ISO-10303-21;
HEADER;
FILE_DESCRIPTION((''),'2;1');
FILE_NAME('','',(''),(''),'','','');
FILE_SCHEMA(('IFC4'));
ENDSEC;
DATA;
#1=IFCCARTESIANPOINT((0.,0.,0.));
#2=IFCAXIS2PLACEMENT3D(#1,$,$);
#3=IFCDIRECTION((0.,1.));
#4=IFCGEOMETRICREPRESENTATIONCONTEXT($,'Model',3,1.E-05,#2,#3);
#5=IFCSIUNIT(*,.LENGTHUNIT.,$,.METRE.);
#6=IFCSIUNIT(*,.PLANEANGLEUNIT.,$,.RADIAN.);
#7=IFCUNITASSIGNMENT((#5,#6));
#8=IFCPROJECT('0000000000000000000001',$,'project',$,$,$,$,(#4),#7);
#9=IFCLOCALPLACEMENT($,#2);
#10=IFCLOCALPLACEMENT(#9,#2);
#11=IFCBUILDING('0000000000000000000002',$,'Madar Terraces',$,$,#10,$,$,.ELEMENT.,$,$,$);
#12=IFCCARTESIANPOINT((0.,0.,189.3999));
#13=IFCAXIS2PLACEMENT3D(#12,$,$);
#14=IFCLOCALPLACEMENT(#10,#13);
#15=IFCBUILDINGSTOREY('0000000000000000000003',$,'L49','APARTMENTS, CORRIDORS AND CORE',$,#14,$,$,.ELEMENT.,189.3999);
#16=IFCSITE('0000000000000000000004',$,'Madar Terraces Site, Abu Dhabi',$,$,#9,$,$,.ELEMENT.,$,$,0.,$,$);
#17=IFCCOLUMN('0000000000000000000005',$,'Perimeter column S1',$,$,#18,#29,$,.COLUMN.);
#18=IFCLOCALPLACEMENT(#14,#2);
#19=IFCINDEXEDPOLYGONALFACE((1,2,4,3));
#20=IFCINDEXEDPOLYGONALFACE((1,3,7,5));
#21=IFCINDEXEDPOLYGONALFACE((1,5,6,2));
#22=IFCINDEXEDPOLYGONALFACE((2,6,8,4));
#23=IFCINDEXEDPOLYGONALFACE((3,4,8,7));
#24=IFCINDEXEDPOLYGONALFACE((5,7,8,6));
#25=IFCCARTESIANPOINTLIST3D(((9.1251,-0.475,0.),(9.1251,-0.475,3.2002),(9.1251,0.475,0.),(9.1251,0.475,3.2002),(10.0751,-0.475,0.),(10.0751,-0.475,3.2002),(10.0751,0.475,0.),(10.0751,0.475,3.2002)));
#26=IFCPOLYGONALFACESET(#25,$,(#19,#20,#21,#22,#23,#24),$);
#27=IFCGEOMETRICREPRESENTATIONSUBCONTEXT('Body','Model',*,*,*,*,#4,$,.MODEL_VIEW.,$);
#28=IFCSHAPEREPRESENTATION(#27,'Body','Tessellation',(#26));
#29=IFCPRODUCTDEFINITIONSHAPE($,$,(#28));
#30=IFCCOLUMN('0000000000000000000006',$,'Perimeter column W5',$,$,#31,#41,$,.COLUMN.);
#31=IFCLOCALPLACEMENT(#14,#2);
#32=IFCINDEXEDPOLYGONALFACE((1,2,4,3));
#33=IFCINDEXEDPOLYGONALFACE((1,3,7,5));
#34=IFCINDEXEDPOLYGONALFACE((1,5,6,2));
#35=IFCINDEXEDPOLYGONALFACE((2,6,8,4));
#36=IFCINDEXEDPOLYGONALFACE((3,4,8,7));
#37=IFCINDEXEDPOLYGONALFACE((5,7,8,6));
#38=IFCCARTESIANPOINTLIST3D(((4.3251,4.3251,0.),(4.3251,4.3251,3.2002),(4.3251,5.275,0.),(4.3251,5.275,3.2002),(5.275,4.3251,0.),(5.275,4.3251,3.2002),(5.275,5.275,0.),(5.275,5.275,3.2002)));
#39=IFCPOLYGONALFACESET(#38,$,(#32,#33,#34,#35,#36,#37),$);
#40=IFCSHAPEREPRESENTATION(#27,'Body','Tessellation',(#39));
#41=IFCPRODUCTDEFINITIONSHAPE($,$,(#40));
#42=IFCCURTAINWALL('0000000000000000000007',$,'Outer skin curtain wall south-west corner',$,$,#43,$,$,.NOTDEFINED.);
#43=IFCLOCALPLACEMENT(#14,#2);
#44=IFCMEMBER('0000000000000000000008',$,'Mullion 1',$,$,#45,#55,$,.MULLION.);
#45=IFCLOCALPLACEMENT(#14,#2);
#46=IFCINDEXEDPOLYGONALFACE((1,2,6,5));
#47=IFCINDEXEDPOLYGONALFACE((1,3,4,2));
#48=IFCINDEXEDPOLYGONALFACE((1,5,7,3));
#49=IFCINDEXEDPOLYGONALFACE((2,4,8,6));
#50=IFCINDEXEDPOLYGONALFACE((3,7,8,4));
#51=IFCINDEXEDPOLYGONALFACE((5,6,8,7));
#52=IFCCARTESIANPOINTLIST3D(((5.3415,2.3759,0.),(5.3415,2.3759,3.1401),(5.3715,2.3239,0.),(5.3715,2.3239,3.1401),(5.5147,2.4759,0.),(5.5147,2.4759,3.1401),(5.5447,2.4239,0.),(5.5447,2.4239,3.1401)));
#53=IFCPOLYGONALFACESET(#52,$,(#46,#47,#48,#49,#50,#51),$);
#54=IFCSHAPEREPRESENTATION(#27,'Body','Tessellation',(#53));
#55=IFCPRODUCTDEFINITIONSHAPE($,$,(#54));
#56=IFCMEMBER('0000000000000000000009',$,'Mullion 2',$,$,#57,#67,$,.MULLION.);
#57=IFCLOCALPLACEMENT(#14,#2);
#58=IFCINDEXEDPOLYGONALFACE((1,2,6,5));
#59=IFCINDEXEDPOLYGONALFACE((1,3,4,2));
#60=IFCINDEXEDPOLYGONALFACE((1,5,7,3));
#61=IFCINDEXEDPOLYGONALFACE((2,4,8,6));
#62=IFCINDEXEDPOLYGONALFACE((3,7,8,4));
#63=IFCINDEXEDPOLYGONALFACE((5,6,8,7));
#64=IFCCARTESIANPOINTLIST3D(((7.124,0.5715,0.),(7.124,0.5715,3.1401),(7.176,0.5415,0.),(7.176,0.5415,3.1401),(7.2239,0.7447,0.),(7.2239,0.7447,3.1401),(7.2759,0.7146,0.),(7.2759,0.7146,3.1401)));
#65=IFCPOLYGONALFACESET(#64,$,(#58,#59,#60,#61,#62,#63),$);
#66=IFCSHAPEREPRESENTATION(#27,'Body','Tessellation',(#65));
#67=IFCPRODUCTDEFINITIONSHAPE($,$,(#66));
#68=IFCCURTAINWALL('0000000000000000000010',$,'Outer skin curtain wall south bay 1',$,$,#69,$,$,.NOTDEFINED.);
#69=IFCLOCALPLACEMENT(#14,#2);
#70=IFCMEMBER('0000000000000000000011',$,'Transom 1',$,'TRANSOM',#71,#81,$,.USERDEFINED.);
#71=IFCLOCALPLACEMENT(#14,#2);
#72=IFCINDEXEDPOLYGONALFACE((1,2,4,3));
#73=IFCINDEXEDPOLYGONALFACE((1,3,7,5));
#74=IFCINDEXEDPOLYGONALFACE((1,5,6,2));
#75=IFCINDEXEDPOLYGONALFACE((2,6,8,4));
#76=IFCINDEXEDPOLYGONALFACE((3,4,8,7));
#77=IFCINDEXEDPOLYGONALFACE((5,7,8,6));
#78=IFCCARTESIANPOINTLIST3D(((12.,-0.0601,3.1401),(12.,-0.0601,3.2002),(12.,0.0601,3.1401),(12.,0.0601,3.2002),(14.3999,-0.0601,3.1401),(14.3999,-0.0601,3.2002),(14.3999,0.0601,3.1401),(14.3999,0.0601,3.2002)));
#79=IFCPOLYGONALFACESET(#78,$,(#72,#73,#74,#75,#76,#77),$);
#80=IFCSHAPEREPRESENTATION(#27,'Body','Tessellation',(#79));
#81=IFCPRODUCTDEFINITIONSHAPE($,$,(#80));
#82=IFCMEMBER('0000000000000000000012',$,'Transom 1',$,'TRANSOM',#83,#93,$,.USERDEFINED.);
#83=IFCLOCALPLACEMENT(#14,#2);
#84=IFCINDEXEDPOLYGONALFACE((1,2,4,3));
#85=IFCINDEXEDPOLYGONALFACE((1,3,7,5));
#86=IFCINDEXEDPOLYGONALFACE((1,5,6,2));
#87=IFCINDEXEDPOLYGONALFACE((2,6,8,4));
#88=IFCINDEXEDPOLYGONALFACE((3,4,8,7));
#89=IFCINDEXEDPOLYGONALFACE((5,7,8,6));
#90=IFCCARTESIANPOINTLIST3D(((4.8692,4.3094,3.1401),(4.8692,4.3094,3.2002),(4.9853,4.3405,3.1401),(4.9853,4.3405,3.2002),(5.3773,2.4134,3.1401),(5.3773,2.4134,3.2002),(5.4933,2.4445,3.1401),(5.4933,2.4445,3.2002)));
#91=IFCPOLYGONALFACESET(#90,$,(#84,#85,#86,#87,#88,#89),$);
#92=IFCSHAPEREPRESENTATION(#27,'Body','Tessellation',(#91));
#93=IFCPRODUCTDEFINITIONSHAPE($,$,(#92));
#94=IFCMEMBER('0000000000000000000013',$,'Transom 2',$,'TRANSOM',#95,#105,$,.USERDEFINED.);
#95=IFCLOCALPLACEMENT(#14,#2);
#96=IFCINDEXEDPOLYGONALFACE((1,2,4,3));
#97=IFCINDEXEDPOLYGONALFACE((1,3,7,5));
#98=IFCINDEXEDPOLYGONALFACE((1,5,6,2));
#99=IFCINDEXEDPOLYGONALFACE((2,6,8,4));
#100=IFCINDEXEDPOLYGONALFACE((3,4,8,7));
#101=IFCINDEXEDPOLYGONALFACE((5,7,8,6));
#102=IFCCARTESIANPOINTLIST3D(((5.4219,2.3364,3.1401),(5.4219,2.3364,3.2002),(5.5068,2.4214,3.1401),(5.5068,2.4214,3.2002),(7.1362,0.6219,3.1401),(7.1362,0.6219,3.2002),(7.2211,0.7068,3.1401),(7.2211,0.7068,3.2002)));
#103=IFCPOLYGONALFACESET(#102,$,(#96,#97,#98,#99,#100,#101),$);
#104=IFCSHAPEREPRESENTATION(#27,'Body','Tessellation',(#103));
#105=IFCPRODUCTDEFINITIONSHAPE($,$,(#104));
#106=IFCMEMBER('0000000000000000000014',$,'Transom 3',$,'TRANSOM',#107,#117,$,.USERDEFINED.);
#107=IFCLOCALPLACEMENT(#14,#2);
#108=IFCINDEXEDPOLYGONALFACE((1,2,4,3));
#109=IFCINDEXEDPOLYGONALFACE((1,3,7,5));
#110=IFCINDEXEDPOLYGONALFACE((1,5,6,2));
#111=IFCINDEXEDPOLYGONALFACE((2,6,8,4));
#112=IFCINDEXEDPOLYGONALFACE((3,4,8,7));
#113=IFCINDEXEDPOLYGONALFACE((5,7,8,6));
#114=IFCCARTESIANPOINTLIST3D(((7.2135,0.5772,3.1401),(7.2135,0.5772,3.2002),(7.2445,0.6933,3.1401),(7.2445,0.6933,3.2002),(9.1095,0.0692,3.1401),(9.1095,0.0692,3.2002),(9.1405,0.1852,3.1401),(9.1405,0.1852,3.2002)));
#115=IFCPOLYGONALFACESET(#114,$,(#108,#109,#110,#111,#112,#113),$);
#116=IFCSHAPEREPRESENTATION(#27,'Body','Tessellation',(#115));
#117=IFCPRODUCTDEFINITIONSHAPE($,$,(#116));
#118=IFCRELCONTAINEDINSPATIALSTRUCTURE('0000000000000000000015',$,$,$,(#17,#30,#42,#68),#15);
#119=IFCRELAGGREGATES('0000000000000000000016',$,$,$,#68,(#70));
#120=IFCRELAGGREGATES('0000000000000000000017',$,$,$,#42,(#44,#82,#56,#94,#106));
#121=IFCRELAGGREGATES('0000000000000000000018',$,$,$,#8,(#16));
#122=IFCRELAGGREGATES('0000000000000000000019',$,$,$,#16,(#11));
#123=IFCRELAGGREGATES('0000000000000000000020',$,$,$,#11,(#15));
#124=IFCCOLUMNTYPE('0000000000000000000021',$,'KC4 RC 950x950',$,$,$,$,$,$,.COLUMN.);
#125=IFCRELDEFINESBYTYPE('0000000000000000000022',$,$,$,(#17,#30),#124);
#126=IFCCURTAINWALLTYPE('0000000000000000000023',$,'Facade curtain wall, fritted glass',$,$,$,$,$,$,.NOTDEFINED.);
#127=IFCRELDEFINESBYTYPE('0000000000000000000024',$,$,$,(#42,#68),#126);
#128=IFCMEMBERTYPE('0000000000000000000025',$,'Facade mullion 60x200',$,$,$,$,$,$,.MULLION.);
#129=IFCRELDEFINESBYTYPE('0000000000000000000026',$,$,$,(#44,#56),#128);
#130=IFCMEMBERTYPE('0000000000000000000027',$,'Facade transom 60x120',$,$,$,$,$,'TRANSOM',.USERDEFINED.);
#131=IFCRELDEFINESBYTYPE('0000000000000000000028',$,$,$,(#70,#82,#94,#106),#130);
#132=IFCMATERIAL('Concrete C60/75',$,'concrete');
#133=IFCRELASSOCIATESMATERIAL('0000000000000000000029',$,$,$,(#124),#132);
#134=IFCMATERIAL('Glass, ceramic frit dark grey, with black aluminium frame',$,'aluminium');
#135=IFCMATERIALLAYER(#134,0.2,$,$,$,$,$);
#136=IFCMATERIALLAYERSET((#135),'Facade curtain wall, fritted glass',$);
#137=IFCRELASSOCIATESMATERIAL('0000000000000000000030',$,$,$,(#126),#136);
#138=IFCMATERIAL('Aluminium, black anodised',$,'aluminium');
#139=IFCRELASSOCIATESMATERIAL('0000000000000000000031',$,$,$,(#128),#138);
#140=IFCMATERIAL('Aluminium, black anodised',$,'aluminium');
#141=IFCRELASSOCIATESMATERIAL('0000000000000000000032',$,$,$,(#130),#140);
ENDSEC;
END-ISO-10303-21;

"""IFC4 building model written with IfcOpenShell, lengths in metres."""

from ifc_helpers import new_model, si_unit, direction, frame, origin, origin_2d, place, context, subcontext, project, spatial, rectangle, extrude, material, layer, layer_set, material_profile, profile_set, type_object, element, aggregate, save


model = new_model("IFC4")

# Units and contexts
model_context = context("Model", 3, precision=1e-05, world=origin(), true_north=direction((0.0, 1.0)))
body_context = subcontext(model_context, "Body", "Model", "MODEL_VIEW")
ifc_project = project(units=[si_unit("LENGTHUNIT", "METRE"), si_unit("PLANEANGLEUNIT", "RADIAN")], contexts=[model_context])

# Site, building, storey
site_placement = place(None, origin())
site = spatial("IfcSite", under=ifc_project, at=site_placement, Name="Madar Terraces Site, Abu Dhabi", CompositionType="ELEMENT", RefElevation=0.0)
building_placement = place(site_placement, origin())
building = spatial("IfcBuilding", under=site, at=building_placement, Name="Madar Terraces", CompositionType="ELEMENT")
storey_placement = place(building_placement, frame((0.0, 0.0, 189.3999)))
storey = spatial("IfcBuildingStorey", under=building, at=storey_placement, Name="L49", Description="APARTMENTS, CORRIDORS AND CORE", CompositionType="ELEMENT", Elevation=189.3999)

# Columns
ifc_material_1 = material(Name="Concrete C60/75", Category="concrete")
ifc_material_profile_1 = material_profile(ifc_material_1, rectangle(XDim=0.95, YDim=0.95, at=origin_2d()), Name="KC4 RC 950x950")
ifc_profile_set_1 = profile_set([ifc_material_profile_1], Name="Concrete C60/75")
column_type = type_object("IfcColumnType", Name="KC4 RC 950x950", PredefinedType="COLUMN", material=ifc_profile_set_1)
for number, where, z_axis, x_axis, name in (
    (1, (9.6001, 0.0, 0.0), (0.0, 0.0, 1.0), (1.0, 0.0, 0.0), "Perimeter column S1"),
    (2, (4.8, 4.8, 0.0), (0.0, 0.0, 1.0), (1.0, 0.0, 0.0), "Perimeter column W5"),
):
    element("IfcColumn", number, at=place(storey_placement, frame(where, z_axis=z_axis, x_axis=x_axis)), inside=storey, type_object=column_type, Name=name, PredefinedType="COLUMN", context=body_context, shape_type="SweptSolid", body=[
        extrude(rectangle(XDim=0.95, YDim=0.95, at=origin_2d()), origin(), (0.0, 0.0, 1.0), 3.2002),
    ])

# Curtain wall, members
ifc_material_2 = material(Name="Glass, ceramic frit dark grey, with black aluminium frame", Category="aluminium")
ifc_layer_1 = layer(ifc_material_2, 0.2)
ifc_layer_set_1 = layer_set([ifc_layer_1], Name="Facade curtain wall, fritted glass")
curtain_wall_type = type_object("IfcCurtainWallType", Name="Facade curtain wall, fritted glass", PredefinedType="NOTDEFINED", material=ifc_layer_set_1)
curtain_wall_1_placement = place(storey_placement, origin())
curtain_wall_1 = element("IfcCurtainWall", 3, at=curtain_wall_1_placement, inside=storey, type_object=curtain_wall_type, Name="Outer skin curtain wall south-west corner", PredefinedType="NOTDEFINED")
ifc_material_3 = material(Name="Aluminium, black anodised", Category="aluminium")
ifc_material_profile_2 = material_profile(ifc_material_3, rectangle(XDim=0.2, YDim=0.0601, at=origin_2d()), Name="Facade mullion 60x200")
ifc_profile_set_2 = profile_set([ifc_material_profile_2], Name="Aluminium, black anodised")
member_type_1 = type_object("IfcMemberType", Name="Facade mullion 60x200", PredefinedType="MULLION", material=ifc_profile_set_2)
member_1_placement = place(storey_placement, frame((5.4431, 2.3999, 0.0), z_axis=(0.0, 0.0, 1.0), x_axis=(0.866025, 0.5, 0.0)))
member_1 = element("IfcMember", 4, at=member_1_placement, type_object=member_type_1, Name="Mullion 1", PredefinedType="MULLION", context=body_context, shape_type="SweptSolid", body=[
    extrude(rectangle(XDim=0.2, YDim=0.0601, at=origin_2d()), origin(), (0.0, 0.0, 1.0), 3.1401),
])
member_2_placement = place(storey_placement, frame((7.2, 0.6431, 0.0), z_axis=(0.0, 0.0, 1.0), x_axis=(0.5, 0.866025, 0.0)))
member_2 = element("IfcMember", 5, at=member_2_placement, type_object=member_type_1, Name="Mullion 2", PredefinedType="MULLION", context=body_context, shape_type="SweptSolid", body=[
    extrude(rectangle(XDim=0.2, YDim=0.0601, at=origin_2d()), origin(), (0.0, 0.0, 1.0), 3.1401),
])

# Curtain wall, member
curtain_wall_2_placement = place(storey_placement, origin())
curtain_wall_2 = element("IfcCurtainWall", 6, at=curtain_wall_2_placement, inside=storey, type_object=curtain_wall_type, Name="Outer skin curtain wall south bay 1", PredefinedType="NOTDEFINED")
ifc_material_4 = material(Name="Aluminium, black anodised", Category="aluminium")
ifc_material_profile_3 = material_profile(ifc_material_4, rectangle(XDim=0.1201, YDim=0.0601, at=origin_2d()), Name="Facade transom 60x120")
ifc_profile_set_3 = profile_set([ifc_material_profile_3], Name="Aluminium, black anodised")
member_type_2 = type_object("IfcMemberType", Name="Facade transom 60x120", ElementType="TRANSOM", PredefinedType="USERDEFINED", material=ifc_profile_set_3)
member_3_placement = place(storey_placement, frame((12.0, 0.0, 3.1702), z_axis=(1.0, 0.0, 0.0), x_axis=(0.0, 1.0, 0.0)))
member_3 = element("IfcMember", 7, at=member_3_placement, type_object=member_type_2, Name="Transom 1", ObjectType="TRANSOM", PredefinedType="USERDEFINED", context=body_context, shape_type="SweptSolid", body=[
    extrude(rectangle(XDim=0.1201, YDim=0.0601, at=origin_2d()), origin(), (0.0, 0.0, 1.0), 2.3999),
])

# Members
member_4_placement = place(storey_placement, frame((4.9272, 4.325, 3.1702), z_axis=(0.258831, -0.965923, 0.0), x_axis=(0.965923, 0.258831, 0.0)))
member_4 = element("IfcMember", 8, at=member_4_placement, type_object=member_type_2, Name="Transom 1", ObjectType="TRANSOM", PredefinedType="USERDEFINED", context=body_context, shape_type="SweptSolid", body=[
    extrude(rectangle(XDim=0.1201, YDim=0.0601, at=origin_2d()), origin(), (0.0, 0.0, 1.0), 1.9629),
])
member_5_placement = place(storey_placement, frame((5.4644, 2.3789, 3.1702), z_axis=(0.707056, -0.707157, 0.0), x_axis=(0.707157, 0.707056, 0.0)))
member_5 = element("IfcMember", 9, at=member_5_placement, type_object=member_type_2, Name="Transom 2", ObjectType="TRANSOM", PredefinedType="USERDEFINED", context=body_context, shape_type="SweptSolid", body=[
    extrude(rectangle(XDim=0.1201, YDim=0.0601, at=origin_2d()), origin(), (0.0, 0.0, 1.0), 2.4246),
])
member_6_placement = place(storey_placement, frame((7.229, 0.6353, 3.1702), z_axis=(0.965923, -0.258831, 0.0), x_axis=(0.258831, 0.965923, 0.0)))
member_6 = element("IfcMember", 10, at=member_6_placement, type_object=member_type_2, Name="Transom 3", ObjectType="TRANSOM", PredefinedType="USERDEFINED", context=body_context, shape_type="SweptSolid", body=[
    extrude(rectangle(XDim=0.1201, YDim=0.0601, at=origin_2d()), origin(), (0.0, 0.0, 1.0), 1.9629),
])

aggregate(curtain_wall_2, [member_3])
aggregate(curtain_wall_1, [member_1, member_4, member_2, member_5, member_6])

save(model, "model.ifc")
